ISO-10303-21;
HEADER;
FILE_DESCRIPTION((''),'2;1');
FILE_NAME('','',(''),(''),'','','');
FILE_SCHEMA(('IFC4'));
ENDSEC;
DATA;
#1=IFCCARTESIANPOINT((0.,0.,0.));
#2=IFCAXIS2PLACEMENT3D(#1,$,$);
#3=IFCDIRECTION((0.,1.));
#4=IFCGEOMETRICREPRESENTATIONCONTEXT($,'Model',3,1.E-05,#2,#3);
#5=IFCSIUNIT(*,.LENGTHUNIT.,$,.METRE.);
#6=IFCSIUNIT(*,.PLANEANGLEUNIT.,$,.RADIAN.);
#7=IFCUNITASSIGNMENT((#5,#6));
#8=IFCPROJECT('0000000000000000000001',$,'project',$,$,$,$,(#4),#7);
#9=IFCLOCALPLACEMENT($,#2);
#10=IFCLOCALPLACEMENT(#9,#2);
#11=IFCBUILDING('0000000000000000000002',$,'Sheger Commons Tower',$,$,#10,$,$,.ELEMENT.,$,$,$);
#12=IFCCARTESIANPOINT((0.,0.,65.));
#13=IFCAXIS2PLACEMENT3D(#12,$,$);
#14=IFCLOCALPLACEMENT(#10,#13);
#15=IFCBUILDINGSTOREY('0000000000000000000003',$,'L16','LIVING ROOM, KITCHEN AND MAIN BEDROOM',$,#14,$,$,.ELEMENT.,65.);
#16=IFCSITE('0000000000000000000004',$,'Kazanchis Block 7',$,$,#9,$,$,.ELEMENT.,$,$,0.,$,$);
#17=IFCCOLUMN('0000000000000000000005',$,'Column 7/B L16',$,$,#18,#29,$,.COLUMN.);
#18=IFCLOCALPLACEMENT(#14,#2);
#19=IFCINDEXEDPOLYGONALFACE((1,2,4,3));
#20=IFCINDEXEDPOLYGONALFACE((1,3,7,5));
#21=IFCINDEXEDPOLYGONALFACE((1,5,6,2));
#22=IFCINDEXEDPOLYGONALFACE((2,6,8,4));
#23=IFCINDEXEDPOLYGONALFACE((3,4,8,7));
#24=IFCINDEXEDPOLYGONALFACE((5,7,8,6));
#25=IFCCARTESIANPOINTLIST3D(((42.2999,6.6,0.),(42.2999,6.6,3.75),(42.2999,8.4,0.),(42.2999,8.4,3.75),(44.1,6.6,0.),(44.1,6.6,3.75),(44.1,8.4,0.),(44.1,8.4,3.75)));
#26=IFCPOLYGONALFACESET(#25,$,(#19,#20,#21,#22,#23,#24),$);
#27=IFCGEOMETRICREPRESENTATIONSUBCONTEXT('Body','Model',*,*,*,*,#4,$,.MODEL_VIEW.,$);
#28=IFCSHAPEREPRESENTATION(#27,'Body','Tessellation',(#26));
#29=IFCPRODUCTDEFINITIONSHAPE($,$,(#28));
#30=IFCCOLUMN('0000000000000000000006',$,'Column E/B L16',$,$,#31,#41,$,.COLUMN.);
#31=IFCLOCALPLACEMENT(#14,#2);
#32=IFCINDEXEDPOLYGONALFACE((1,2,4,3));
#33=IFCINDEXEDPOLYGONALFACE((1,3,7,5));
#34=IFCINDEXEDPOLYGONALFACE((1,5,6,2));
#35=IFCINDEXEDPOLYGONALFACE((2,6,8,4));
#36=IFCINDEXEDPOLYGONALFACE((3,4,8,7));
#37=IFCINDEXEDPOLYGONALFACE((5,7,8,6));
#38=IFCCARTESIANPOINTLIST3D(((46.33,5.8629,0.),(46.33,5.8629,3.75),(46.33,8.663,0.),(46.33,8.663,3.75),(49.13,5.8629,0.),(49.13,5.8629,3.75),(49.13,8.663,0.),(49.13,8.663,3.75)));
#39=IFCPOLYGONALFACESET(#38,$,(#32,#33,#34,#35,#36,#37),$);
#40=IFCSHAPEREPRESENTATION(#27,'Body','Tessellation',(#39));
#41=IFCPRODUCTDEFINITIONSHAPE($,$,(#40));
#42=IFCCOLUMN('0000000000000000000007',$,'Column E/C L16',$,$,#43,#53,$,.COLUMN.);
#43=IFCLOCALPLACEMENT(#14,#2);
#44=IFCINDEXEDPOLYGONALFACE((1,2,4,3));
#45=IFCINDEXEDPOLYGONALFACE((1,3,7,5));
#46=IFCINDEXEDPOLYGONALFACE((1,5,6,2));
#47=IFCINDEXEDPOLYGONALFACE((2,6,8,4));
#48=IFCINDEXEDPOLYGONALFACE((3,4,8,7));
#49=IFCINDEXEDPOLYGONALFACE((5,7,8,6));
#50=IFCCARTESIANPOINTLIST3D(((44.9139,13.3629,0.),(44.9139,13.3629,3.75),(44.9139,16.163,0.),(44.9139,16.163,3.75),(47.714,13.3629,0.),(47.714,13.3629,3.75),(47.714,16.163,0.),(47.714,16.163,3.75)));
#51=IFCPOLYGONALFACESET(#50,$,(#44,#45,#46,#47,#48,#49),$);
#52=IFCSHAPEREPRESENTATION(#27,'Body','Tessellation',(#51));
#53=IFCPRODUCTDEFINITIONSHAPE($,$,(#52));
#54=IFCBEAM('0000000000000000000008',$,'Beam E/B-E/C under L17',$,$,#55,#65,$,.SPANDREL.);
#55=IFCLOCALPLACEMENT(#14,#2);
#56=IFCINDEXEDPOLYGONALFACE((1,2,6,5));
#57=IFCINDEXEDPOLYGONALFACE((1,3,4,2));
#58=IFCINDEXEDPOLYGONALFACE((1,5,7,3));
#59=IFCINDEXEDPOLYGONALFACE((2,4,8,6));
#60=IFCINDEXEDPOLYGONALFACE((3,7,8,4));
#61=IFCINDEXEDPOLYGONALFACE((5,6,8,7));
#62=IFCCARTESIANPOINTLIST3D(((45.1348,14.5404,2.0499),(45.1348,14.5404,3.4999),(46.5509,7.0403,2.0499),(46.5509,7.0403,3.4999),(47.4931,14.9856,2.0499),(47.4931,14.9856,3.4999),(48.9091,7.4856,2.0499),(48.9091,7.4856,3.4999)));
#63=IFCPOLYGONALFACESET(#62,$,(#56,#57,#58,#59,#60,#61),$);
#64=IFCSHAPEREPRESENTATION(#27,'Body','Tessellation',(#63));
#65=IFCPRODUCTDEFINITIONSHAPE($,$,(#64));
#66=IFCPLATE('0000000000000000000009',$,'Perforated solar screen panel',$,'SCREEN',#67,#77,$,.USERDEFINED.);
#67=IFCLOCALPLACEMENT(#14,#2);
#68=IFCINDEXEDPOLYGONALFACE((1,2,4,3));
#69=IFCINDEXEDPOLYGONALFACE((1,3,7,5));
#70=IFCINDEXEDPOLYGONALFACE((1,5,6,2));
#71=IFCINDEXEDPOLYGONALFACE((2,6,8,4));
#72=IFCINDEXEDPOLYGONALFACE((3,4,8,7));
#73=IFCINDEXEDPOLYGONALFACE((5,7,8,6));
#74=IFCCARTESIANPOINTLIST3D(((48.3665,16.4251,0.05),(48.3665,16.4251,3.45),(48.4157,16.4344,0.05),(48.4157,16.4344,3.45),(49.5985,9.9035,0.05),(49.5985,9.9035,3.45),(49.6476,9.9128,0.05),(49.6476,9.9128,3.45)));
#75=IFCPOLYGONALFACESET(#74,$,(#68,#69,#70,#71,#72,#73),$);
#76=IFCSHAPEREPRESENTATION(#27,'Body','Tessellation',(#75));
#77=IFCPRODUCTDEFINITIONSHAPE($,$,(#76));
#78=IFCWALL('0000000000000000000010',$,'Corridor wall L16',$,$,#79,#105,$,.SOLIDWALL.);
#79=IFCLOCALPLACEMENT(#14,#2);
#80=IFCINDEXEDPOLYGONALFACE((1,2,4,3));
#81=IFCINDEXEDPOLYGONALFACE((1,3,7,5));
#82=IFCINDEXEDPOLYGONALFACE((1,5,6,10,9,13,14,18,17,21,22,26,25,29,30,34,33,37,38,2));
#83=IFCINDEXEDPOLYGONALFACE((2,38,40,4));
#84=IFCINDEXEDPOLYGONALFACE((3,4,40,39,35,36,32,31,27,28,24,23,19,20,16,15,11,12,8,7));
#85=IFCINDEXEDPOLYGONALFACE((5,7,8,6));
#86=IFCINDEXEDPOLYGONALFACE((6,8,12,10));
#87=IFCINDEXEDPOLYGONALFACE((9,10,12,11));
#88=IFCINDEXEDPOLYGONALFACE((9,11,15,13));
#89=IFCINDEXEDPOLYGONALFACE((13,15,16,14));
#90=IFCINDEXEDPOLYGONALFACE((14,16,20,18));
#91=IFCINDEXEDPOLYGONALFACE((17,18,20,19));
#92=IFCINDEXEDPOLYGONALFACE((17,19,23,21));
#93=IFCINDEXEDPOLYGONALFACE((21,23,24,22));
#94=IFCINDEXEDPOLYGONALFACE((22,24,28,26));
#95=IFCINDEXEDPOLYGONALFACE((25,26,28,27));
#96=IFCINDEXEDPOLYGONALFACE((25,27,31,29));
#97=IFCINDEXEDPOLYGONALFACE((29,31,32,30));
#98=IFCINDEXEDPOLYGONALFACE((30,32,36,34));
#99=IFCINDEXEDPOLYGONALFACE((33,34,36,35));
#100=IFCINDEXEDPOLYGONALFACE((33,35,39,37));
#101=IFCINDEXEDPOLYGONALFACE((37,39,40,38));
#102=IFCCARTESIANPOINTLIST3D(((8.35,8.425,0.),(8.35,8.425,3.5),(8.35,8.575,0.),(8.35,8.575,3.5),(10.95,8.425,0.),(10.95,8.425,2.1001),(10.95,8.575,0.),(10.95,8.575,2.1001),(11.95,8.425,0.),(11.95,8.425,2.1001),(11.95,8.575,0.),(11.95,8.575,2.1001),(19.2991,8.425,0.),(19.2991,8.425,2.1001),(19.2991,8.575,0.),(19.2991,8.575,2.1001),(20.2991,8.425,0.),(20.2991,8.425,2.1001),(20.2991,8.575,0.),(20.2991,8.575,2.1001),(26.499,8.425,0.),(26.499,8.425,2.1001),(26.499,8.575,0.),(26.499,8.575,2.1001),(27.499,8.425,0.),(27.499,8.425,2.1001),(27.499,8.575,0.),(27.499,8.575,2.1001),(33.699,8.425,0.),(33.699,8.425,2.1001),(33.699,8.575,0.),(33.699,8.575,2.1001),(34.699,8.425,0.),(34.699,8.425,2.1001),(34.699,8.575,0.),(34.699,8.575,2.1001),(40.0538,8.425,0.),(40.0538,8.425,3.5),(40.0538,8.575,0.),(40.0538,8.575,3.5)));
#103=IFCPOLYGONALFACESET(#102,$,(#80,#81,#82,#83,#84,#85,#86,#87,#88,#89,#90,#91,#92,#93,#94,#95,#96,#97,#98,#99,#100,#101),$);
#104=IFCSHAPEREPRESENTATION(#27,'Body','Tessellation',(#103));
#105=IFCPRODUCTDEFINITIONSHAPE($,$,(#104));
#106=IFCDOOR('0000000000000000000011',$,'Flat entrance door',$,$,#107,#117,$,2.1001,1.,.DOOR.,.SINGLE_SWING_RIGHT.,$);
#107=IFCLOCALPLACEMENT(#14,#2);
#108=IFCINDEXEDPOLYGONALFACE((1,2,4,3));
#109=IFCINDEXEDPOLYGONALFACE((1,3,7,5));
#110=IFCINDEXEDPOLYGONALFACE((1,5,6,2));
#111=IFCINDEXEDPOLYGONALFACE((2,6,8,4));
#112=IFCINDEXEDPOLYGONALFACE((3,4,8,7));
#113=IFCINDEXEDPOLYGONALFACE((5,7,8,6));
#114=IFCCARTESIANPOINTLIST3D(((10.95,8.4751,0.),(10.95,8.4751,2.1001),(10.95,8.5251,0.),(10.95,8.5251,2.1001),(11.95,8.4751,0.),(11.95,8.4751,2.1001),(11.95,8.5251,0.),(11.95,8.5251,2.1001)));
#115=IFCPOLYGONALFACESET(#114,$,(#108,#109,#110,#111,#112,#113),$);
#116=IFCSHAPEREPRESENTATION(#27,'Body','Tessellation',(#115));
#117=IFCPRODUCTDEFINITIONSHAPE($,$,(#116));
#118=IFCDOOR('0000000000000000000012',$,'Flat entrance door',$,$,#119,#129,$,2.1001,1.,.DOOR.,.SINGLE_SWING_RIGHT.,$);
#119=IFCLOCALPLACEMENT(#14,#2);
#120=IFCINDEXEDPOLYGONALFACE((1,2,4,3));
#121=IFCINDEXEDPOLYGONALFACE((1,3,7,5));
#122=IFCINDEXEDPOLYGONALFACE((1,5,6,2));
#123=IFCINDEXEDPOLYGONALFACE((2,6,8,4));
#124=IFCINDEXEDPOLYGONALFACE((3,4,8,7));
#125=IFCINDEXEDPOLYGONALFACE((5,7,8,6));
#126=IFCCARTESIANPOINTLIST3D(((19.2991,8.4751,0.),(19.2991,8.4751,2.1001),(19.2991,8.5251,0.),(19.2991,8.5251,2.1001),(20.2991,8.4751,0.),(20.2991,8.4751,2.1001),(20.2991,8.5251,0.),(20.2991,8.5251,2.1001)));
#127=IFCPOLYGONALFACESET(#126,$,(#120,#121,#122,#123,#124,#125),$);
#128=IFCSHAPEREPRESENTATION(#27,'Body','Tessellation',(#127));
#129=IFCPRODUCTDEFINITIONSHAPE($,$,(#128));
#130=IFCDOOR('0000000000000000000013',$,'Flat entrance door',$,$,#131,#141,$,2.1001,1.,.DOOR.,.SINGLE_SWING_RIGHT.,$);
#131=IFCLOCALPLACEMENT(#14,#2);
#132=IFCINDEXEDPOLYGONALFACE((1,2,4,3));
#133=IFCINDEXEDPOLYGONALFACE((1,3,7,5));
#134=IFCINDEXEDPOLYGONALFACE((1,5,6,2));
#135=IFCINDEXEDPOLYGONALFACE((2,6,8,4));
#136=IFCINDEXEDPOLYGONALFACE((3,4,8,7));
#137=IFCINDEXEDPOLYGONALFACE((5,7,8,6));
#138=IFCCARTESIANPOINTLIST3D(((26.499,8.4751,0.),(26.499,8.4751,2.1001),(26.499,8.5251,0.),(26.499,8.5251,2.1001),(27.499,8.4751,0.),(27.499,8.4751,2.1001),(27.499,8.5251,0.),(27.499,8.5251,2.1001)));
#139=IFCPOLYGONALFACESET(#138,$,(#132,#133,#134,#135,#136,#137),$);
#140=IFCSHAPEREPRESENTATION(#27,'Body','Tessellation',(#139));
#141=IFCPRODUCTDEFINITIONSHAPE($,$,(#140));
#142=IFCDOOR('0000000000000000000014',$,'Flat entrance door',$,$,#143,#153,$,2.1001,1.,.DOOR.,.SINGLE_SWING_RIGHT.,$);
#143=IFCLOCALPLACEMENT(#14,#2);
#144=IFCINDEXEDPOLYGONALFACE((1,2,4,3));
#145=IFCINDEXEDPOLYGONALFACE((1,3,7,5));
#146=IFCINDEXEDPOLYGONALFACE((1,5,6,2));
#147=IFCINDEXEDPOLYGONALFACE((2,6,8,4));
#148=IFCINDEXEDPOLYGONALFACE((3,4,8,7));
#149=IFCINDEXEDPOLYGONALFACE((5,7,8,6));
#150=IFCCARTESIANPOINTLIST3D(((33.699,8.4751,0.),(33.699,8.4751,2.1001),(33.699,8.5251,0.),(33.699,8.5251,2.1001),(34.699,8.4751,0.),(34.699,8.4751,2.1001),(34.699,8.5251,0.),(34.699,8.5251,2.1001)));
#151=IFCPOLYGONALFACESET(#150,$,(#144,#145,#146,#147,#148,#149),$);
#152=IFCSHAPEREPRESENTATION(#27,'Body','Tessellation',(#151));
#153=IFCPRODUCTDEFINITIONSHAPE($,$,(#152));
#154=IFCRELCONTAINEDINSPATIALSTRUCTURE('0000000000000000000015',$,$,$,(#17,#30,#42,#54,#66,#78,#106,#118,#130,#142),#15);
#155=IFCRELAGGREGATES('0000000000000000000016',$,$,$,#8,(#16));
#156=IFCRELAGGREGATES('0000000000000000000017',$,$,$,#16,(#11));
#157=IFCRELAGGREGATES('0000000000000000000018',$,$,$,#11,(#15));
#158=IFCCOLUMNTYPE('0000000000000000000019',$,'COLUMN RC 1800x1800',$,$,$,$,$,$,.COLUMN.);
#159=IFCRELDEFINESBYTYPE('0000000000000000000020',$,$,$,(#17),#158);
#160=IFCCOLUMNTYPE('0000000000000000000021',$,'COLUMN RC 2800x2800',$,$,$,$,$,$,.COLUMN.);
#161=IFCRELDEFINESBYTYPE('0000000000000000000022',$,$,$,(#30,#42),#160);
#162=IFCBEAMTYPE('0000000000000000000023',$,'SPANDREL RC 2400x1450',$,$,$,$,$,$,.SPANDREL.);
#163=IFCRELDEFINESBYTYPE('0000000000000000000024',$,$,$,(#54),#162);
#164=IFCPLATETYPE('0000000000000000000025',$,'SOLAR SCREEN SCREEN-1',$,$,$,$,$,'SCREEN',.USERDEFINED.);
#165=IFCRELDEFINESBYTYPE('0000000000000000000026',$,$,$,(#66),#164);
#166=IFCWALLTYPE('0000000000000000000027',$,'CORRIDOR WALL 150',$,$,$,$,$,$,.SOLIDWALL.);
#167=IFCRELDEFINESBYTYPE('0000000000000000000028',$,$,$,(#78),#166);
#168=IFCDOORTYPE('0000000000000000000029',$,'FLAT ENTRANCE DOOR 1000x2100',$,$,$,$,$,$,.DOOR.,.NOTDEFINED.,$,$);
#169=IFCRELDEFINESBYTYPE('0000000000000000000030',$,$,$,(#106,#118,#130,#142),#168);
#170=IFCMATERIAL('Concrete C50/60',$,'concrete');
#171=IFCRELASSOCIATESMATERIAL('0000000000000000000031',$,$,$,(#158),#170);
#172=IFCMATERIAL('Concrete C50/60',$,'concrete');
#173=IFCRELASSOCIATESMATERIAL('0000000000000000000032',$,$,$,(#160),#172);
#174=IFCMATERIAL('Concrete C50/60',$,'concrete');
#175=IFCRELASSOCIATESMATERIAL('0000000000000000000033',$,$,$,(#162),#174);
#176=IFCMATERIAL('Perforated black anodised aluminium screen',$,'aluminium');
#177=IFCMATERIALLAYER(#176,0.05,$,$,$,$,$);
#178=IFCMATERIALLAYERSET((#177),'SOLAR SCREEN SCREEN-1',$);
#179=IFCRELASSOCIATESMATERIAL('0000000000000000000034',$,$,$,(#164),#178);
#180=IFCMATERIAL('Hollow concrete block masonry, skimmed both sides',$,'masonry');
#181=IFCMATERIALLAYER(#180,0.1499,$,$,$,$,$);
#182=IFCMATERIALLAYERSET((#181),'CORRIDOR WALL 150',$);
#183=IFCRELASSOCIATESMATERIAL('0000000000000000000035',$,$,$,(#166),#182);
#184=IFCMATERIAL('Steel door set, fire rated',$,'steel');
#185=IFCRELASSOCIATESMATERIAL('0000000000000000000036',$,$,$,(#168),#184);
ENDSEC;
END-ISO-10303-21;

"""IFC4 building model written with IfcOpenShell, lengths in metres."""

from ifc_helpers import new_model, si_unit, direction, frame, frame_2d, origin, origin_2d, place, context, subcontext, project, spatial, rectangle, extrude, material, layer, layer_set, material_profile, profile_set, type_object, element, fill, save


model = new_model("IFC4")

# Units and contexts
model_context = context("Model", 3, precision=1e-05, world=origin(), true_north=direction((0.0, 1.0)))
body_context = subcontext(model_context, "Body", "Model", "MODEL_VIEW")
ifc_project = project(units=[si_unit("LENGTHUNIT", "METRE"), si_unit("PLANEANGLEUNIT", "RADIAN")], contexts=[model_context])

# Site, building, storey
site_placement = place(None, origin())
site = spatial("IfcSite", under=ifc_project, at=site_placement, Name="Kazanchis Block 7", CompositionType="ELEMENT", RefElevation=0.0)
building_placement = place(site_placement, origin())
building = spatial("IfcBuilding", under=site, at=building_placement, Name="Sheger Commons Tower", CompositionType="ELEMENT")
storey_placement = place(building_placement, frame((0.0, 0.0, 65.0)))
storey = spatial("IfcBuildingStorey", under=building, at=storey_placement, Name="L16", Description="LIVING ROOM, KITCHEN AND MAIN BEDROOM", CompositionType="ELEMENT", Elevation=65.0)

# Columns
ifc_material_1 = material(Name="Concrete C50/60", Category="concrete")
ifc_material_profile_1 = material_profile(ifc_material_1, rectangle(XDim=1.8, YDim=1.8, at=origin_2d()), Name="RC 1800x1800")
ifc_profile_set_1 = profile_set([ifc_material_profile_1], Name="Concrete C50/60")
column_type_1 = type_object("IfcColumnType", Name="COLUMN RC 1800x1800", PredefinedType="COLUMN", material=ifc_profile_set_1)
column_placement = place(storey_placement, frame((43.2, 7.5, 0.0), z_axis=(0.0, 0.0, 1.0), x_axis=(1.0, 0.0, 0.0)))
element("IfcColumn", 1, at=column_placement, inside=storey, type_object=column_type_1, Name="Column 7/B L16", PredefinedType="COLUMN", context=body_context, shape_type="SweptSolid", body=[
    extrude(rectangle(XDim=1.8, YDim=1.8, at=origin_2d()), origin(), (0.0, 0.0, 1.0), 3.75),
])
ifc_material_2 = material(Name="Concrete C50/60", Category="concrete")
ifc_material_profile_2 = material_profile(ifc_material_2, rectangle(XDim=2.8, YDim=2.8, at=origin_2d()), Name="RC 2800x2800")
ifc_profile_set_2 = profile_set([ifc_material_profile_2], Name="Concrete C50/60")
column_type_2 = type_object("IfcColumnType", Name="COLUMN RC 2800x2800", PredefinedType="COLUMN", material=ifc_profile_set_2)
for number, where, z_axis, x_axis, name in (
    (2, (47.73, 7.2629, 0.0), (0.0, 0.0, 1.0), (1.0, 0.0, 0.0), "Column E/B L16"),
    (3, (46.314, 14.7629, 0.0), (0.0, 0.0, 1.0), (1.0, 0.0, 0.0), "Column E/C L16"),
):
    element("IfcColumn", number, at=place(storey_placement, frame(where, z_axis=z_axis, x_axis=x_axis)), inside=storey, type_object=column_type_2, Name=name, PredefinedType="COLUMN", context=body_context, shape_type="SweptSolid", body=[
        extrude(rectangle(XDim=2.8, YDim=2.8, at=origin_2d()), origin(), (0.0, 0.0, 1.0), 3.75),
    ])

# Beam
ifc_material_3 = material(Name="Concrete C50/60", Category="concrete")
ifc_material_profile_3 = material_profile(ifc_material_3, rectangle(XDim=2.3999, YDim=1.45, at=origin_2d()), Name="RC 2400x1450")
ifc_profile_set_3 = profile_set([ifc_material_profile_3], Name="Concrete C50/60")
beam_type = type_object("IfcBeamType", Name="SPANDREL RC 2400x1450", PredefinedType="SPANDREL", material=ifc_profile_set_3)
beam_placement = place(storey_placement, frame((47.73, 7.2629, 2.7749), z_axis=(-0.185524, 0.98264, 0.0), x_axis=(-0.98264, -0.185524, 0.0)))
element("IfcBeam", 4, at=beam_placement, inside=storey, type_object=beam_type, Name="Beam E/B-E/C under L17", PredefinedType="SPANDREL", context=body_context, shape_type="SweptSolid", body=[
    extrude(rectangle(XDim=2.3999, YDim=1.45, at=origin_2d()), origin(), (0.0, 0.0, 1.0), 7.6326),
])

# Plate
ifc_material_4 = material(Name="Perforated black anodised aluminium screen", Category="aluminium")
ifc_layer_1 = layer(ifc_material_4, 0.05)
ifc_layer_set_1 = layer_set([ifc_layer_1], Name="SOLAR SCREEN SCREEN-1")
plate_type = type_object("IfcPlateType", Name="SOLAR SCREEN SCREEN-1", ElementType="SCREEN", PredefinedType="USERDEFINED", material=ifc_layer_set_1)
plate_placement = place(storey_placement, frame((49.0071, 13.1689, 0.05), z_axis=(0.0, 0.0, 1.0), x_axis=(-0.185615, 0.982623, 0.0)))
element("IfcPlate", 5, at=plate_placement, inside=storey, type_object=plate_type, Name="Perforated solar screen panel", ObjectType="SCREEN", PredefinedType="USERDEFINED", context=body_context, shape_type="SweptSolid", body=[
    extrude(rectangle(XDim=6.637, YDim=0.05, at=origin_2d()), origin(), (0.0, 0.0, 1.0), 3.3999),
])

# Wall, openings, doors
ifc_material_5 = material(Name="Hollow concrete block masonry, skimmed both sides", Category="masonry")
ifc_layer_2 = layer(ifc_material_5, 0.1499)
ifc_layer_set_2 = layer_set([ifc_layer_2], Name="CORRIDOR WALL 150")
wall_type_1 = type_object("IfcWallType", Name="CORRIDOR WALL 150", PredefinedType="SOLIDWALL", material=ifc_layer_set_2)
wall_1_placement = place(storey_placement, frame((40.054, 8.5, 0.0), z_axis=(0.0, 0.0, 1.0), x_axis=(-1.0, 0.0, 0.0)))
wall_1 = element("IfcWall", 6, at=wall_1_placement, inside=storey, type_object=wall_type_1, Name="Corridor wall L16", PredefinedType="SOLIDWALL", context=body_context, shape_type="SweptSolid", body=[
    extrude(rectangle(XDim=31.7039, YDim=0.1499, at=frame_2d((15.8521, 0.0))), origin(), (0.0, 0.0, 1.0), 3.5),
])
opening_1_placement = place(wall_1_placement, frame((28.104, 0.0, 0.0)))
opening_1 = element("IfcOpeningElement", 7, at=opening_1_placement, cuts=wall_1, PredefinedType="OPENING", context=body_context, shape_type="SweptSolid", body=[
    extrude(rectangle(XDim=1.0, YDim=2.1001, at=frame_2d((0.5, 1.05))), frame((0.0, 0.085, 0.0), z_axis=(0.0, -1.0, 0.0), x_axis=(1.0, 0.0, 0.0)), (0.0, 0.0, 1.0), 0.1699),
])
opening_2_placement = place(wall_1_placement, frame((19.7549, 0.0, 0.0)))
opening_2 = element("IfcOpeningElement", 8, at=opening_2_placement, cuts=wall_1, PredefinedType="OPENING", context=body_context, shape_type="SweptSolid", body=[
    extrude(rectangle(XDim=1.0, YDim=2.1001, at=frame_2d((0.5, 1.05))), frame((0.0, 0.085, 0.0), z_axis=(0.0, -1.0, 0.0), x_axis=(1.0, 0.0, 0.0)), (0.0, 0.0, 1.0), 0.1699),
])
opening_3_placement = place(wall_1_placement, frame((12.5549, 0.0, 0.0)))
opening_3 = element("IfcOpeningElement", 9, at=opening_3_placement, cuts=wall_1, PredefinedType="OPENING", context=body_context, shape_type="SweptSolid", body=[
    extrude(rectangle(XDim=1.0, YDim=2.1001, at=frame_2d((0.5, 1.05))), frame((0.0, 0.085, 0.0), z_axis=(0.0, -1.0, 0.0), x_axis=(1.0, 0.0, 0.0)), (0.0, 0.0, 1.0), 0.1699),
])
opening_4_placement = place(wall_1_placement, frame((5.355, 0.0, 0.0)))
opening_4 = element("IfcOpeningElement", 10, at=opening_4_placement, cuts=wall_1, PredefinedType="OPENING", context=body_context, shape_type="SweptSolid", body=[
    extrude(rectangle(XDim=1.0, YDim=2.1001, at=frame_2d((0.5, 1.05))), frame((0.0, 0.085, 0.0), z_axis=(0.0, -1.0, 0.0), x_axis=(1.0, 0.0, 0.0)), (0.0, 0.0, 1.0), 0.1699),
])
ifc_material_6 = material(Name="Steel door set, fire rated", Category="steel")
door_type_1 = type_object("IfcDoorType", Name="FLAT ENTRANCE DOOR 1000x2100", OperationType="NOTDEFINED", PredefinedType="DOOR", material=ifc_material_6)
door_1_placement = place(opening_1_placement, origin())
door_1 = element("IfcDoor", 11, at=door_1_placement, inside=storey, type_object=door_type_1, Name="Flat entrance door", OperationType="SINGLE_SWING_RIGHT", OverallHeight=2.1001, OverallWidth=1.0, PredefinedType="DOOR", context=body_context, shape_type="SweptSolid", body=[
    extrude(rectangle(XDim=1.0, YDim=2.1001, at=frame_2d((0.5, 1.05))), frame((0.0, 0.0249, 0.0), z_axis=(0.0, -1.0, 0.0), x_axis=(1.0, 0.0, 0.0)), (0.0, 0.0, 1.0), 0.05),
])
fill(opening_1, door_1)
door_2_placement = place(opening_2_placement, origin())
door_2 = element("IfcDoor", 12, at=door_2_placement, inside=storey, type_object=door_type_1, Name="Flat entrance door", OperationType="SINGLE_SWING_RIGHT", OverallHeight=2.1001, OverallWidth=1.0, PredefinedType="DOOR", context=body_context, shape_type="SweptSolid", body=[
    extrude(rectangle(XDim=1.0, YDim=2.1001, at=frame_2d((0.5, 1.05))), frame((0.0, 0.0249, 0.0), z_axis=(0.0, -1.0, 0.0), x_axis=(1.0, 0.0, 0.0)), (0.0, 0.0, 1.0), 0.05),
])
fill(opening_2, door_2)
door_3_placement = place(opening_3_placement, origin())
door_3 = element("IfcDoor", 13, at=door_3_placement, inside=storey, type_object=door_type_1, Name="Flat entrance door", OperationType="SINGLE_SWING_RIGHT", OverallHeight=2.1001, OverallWidth=1.0, PredefinedType="DOOR", context=body_context, shape_type="SweptSolid", body=[
    extrude(rectangle(XDim=1.0, YDim=2.1001, at=frame_2d((0.5, 1.05))), frame((0.0, 0.0249, 0.0), z_axis=(0.0, -1.0, 0.0), x_axis=(1.0, 0.0, 0.0)), (0.0, 0.0, 1.0), 0.05),
])
fill(opening_3, door_3)
door_4_placement = place(opening_4_placement, origin())
door_4 = element("IfcDoor", 14, at=door_4_placement, inside=storey, type_object=door_type_1, Name="Flat entrance door", OperationType="SINGLE_SWING_RIGHT", OverallHeight=2.1001, OverallWidth=1.0, PredefinedType="DOOR", context=body_context, shape_type="SweptSolid", body=[
    extrude(rectangle(XDim=1.0, YDim=2.1001, at=frame_2d((0.5, 1.05))), frame((0.0, 0.0249, 0.0), z_axis=(0.0, -1.0, 0.0), x_axis=(1.0, 0.0, 0.0)), (0.0, 0.0, 1.0), 0.05),
])
fill(opening_4, door_4)

save(model, "model.ifc")
